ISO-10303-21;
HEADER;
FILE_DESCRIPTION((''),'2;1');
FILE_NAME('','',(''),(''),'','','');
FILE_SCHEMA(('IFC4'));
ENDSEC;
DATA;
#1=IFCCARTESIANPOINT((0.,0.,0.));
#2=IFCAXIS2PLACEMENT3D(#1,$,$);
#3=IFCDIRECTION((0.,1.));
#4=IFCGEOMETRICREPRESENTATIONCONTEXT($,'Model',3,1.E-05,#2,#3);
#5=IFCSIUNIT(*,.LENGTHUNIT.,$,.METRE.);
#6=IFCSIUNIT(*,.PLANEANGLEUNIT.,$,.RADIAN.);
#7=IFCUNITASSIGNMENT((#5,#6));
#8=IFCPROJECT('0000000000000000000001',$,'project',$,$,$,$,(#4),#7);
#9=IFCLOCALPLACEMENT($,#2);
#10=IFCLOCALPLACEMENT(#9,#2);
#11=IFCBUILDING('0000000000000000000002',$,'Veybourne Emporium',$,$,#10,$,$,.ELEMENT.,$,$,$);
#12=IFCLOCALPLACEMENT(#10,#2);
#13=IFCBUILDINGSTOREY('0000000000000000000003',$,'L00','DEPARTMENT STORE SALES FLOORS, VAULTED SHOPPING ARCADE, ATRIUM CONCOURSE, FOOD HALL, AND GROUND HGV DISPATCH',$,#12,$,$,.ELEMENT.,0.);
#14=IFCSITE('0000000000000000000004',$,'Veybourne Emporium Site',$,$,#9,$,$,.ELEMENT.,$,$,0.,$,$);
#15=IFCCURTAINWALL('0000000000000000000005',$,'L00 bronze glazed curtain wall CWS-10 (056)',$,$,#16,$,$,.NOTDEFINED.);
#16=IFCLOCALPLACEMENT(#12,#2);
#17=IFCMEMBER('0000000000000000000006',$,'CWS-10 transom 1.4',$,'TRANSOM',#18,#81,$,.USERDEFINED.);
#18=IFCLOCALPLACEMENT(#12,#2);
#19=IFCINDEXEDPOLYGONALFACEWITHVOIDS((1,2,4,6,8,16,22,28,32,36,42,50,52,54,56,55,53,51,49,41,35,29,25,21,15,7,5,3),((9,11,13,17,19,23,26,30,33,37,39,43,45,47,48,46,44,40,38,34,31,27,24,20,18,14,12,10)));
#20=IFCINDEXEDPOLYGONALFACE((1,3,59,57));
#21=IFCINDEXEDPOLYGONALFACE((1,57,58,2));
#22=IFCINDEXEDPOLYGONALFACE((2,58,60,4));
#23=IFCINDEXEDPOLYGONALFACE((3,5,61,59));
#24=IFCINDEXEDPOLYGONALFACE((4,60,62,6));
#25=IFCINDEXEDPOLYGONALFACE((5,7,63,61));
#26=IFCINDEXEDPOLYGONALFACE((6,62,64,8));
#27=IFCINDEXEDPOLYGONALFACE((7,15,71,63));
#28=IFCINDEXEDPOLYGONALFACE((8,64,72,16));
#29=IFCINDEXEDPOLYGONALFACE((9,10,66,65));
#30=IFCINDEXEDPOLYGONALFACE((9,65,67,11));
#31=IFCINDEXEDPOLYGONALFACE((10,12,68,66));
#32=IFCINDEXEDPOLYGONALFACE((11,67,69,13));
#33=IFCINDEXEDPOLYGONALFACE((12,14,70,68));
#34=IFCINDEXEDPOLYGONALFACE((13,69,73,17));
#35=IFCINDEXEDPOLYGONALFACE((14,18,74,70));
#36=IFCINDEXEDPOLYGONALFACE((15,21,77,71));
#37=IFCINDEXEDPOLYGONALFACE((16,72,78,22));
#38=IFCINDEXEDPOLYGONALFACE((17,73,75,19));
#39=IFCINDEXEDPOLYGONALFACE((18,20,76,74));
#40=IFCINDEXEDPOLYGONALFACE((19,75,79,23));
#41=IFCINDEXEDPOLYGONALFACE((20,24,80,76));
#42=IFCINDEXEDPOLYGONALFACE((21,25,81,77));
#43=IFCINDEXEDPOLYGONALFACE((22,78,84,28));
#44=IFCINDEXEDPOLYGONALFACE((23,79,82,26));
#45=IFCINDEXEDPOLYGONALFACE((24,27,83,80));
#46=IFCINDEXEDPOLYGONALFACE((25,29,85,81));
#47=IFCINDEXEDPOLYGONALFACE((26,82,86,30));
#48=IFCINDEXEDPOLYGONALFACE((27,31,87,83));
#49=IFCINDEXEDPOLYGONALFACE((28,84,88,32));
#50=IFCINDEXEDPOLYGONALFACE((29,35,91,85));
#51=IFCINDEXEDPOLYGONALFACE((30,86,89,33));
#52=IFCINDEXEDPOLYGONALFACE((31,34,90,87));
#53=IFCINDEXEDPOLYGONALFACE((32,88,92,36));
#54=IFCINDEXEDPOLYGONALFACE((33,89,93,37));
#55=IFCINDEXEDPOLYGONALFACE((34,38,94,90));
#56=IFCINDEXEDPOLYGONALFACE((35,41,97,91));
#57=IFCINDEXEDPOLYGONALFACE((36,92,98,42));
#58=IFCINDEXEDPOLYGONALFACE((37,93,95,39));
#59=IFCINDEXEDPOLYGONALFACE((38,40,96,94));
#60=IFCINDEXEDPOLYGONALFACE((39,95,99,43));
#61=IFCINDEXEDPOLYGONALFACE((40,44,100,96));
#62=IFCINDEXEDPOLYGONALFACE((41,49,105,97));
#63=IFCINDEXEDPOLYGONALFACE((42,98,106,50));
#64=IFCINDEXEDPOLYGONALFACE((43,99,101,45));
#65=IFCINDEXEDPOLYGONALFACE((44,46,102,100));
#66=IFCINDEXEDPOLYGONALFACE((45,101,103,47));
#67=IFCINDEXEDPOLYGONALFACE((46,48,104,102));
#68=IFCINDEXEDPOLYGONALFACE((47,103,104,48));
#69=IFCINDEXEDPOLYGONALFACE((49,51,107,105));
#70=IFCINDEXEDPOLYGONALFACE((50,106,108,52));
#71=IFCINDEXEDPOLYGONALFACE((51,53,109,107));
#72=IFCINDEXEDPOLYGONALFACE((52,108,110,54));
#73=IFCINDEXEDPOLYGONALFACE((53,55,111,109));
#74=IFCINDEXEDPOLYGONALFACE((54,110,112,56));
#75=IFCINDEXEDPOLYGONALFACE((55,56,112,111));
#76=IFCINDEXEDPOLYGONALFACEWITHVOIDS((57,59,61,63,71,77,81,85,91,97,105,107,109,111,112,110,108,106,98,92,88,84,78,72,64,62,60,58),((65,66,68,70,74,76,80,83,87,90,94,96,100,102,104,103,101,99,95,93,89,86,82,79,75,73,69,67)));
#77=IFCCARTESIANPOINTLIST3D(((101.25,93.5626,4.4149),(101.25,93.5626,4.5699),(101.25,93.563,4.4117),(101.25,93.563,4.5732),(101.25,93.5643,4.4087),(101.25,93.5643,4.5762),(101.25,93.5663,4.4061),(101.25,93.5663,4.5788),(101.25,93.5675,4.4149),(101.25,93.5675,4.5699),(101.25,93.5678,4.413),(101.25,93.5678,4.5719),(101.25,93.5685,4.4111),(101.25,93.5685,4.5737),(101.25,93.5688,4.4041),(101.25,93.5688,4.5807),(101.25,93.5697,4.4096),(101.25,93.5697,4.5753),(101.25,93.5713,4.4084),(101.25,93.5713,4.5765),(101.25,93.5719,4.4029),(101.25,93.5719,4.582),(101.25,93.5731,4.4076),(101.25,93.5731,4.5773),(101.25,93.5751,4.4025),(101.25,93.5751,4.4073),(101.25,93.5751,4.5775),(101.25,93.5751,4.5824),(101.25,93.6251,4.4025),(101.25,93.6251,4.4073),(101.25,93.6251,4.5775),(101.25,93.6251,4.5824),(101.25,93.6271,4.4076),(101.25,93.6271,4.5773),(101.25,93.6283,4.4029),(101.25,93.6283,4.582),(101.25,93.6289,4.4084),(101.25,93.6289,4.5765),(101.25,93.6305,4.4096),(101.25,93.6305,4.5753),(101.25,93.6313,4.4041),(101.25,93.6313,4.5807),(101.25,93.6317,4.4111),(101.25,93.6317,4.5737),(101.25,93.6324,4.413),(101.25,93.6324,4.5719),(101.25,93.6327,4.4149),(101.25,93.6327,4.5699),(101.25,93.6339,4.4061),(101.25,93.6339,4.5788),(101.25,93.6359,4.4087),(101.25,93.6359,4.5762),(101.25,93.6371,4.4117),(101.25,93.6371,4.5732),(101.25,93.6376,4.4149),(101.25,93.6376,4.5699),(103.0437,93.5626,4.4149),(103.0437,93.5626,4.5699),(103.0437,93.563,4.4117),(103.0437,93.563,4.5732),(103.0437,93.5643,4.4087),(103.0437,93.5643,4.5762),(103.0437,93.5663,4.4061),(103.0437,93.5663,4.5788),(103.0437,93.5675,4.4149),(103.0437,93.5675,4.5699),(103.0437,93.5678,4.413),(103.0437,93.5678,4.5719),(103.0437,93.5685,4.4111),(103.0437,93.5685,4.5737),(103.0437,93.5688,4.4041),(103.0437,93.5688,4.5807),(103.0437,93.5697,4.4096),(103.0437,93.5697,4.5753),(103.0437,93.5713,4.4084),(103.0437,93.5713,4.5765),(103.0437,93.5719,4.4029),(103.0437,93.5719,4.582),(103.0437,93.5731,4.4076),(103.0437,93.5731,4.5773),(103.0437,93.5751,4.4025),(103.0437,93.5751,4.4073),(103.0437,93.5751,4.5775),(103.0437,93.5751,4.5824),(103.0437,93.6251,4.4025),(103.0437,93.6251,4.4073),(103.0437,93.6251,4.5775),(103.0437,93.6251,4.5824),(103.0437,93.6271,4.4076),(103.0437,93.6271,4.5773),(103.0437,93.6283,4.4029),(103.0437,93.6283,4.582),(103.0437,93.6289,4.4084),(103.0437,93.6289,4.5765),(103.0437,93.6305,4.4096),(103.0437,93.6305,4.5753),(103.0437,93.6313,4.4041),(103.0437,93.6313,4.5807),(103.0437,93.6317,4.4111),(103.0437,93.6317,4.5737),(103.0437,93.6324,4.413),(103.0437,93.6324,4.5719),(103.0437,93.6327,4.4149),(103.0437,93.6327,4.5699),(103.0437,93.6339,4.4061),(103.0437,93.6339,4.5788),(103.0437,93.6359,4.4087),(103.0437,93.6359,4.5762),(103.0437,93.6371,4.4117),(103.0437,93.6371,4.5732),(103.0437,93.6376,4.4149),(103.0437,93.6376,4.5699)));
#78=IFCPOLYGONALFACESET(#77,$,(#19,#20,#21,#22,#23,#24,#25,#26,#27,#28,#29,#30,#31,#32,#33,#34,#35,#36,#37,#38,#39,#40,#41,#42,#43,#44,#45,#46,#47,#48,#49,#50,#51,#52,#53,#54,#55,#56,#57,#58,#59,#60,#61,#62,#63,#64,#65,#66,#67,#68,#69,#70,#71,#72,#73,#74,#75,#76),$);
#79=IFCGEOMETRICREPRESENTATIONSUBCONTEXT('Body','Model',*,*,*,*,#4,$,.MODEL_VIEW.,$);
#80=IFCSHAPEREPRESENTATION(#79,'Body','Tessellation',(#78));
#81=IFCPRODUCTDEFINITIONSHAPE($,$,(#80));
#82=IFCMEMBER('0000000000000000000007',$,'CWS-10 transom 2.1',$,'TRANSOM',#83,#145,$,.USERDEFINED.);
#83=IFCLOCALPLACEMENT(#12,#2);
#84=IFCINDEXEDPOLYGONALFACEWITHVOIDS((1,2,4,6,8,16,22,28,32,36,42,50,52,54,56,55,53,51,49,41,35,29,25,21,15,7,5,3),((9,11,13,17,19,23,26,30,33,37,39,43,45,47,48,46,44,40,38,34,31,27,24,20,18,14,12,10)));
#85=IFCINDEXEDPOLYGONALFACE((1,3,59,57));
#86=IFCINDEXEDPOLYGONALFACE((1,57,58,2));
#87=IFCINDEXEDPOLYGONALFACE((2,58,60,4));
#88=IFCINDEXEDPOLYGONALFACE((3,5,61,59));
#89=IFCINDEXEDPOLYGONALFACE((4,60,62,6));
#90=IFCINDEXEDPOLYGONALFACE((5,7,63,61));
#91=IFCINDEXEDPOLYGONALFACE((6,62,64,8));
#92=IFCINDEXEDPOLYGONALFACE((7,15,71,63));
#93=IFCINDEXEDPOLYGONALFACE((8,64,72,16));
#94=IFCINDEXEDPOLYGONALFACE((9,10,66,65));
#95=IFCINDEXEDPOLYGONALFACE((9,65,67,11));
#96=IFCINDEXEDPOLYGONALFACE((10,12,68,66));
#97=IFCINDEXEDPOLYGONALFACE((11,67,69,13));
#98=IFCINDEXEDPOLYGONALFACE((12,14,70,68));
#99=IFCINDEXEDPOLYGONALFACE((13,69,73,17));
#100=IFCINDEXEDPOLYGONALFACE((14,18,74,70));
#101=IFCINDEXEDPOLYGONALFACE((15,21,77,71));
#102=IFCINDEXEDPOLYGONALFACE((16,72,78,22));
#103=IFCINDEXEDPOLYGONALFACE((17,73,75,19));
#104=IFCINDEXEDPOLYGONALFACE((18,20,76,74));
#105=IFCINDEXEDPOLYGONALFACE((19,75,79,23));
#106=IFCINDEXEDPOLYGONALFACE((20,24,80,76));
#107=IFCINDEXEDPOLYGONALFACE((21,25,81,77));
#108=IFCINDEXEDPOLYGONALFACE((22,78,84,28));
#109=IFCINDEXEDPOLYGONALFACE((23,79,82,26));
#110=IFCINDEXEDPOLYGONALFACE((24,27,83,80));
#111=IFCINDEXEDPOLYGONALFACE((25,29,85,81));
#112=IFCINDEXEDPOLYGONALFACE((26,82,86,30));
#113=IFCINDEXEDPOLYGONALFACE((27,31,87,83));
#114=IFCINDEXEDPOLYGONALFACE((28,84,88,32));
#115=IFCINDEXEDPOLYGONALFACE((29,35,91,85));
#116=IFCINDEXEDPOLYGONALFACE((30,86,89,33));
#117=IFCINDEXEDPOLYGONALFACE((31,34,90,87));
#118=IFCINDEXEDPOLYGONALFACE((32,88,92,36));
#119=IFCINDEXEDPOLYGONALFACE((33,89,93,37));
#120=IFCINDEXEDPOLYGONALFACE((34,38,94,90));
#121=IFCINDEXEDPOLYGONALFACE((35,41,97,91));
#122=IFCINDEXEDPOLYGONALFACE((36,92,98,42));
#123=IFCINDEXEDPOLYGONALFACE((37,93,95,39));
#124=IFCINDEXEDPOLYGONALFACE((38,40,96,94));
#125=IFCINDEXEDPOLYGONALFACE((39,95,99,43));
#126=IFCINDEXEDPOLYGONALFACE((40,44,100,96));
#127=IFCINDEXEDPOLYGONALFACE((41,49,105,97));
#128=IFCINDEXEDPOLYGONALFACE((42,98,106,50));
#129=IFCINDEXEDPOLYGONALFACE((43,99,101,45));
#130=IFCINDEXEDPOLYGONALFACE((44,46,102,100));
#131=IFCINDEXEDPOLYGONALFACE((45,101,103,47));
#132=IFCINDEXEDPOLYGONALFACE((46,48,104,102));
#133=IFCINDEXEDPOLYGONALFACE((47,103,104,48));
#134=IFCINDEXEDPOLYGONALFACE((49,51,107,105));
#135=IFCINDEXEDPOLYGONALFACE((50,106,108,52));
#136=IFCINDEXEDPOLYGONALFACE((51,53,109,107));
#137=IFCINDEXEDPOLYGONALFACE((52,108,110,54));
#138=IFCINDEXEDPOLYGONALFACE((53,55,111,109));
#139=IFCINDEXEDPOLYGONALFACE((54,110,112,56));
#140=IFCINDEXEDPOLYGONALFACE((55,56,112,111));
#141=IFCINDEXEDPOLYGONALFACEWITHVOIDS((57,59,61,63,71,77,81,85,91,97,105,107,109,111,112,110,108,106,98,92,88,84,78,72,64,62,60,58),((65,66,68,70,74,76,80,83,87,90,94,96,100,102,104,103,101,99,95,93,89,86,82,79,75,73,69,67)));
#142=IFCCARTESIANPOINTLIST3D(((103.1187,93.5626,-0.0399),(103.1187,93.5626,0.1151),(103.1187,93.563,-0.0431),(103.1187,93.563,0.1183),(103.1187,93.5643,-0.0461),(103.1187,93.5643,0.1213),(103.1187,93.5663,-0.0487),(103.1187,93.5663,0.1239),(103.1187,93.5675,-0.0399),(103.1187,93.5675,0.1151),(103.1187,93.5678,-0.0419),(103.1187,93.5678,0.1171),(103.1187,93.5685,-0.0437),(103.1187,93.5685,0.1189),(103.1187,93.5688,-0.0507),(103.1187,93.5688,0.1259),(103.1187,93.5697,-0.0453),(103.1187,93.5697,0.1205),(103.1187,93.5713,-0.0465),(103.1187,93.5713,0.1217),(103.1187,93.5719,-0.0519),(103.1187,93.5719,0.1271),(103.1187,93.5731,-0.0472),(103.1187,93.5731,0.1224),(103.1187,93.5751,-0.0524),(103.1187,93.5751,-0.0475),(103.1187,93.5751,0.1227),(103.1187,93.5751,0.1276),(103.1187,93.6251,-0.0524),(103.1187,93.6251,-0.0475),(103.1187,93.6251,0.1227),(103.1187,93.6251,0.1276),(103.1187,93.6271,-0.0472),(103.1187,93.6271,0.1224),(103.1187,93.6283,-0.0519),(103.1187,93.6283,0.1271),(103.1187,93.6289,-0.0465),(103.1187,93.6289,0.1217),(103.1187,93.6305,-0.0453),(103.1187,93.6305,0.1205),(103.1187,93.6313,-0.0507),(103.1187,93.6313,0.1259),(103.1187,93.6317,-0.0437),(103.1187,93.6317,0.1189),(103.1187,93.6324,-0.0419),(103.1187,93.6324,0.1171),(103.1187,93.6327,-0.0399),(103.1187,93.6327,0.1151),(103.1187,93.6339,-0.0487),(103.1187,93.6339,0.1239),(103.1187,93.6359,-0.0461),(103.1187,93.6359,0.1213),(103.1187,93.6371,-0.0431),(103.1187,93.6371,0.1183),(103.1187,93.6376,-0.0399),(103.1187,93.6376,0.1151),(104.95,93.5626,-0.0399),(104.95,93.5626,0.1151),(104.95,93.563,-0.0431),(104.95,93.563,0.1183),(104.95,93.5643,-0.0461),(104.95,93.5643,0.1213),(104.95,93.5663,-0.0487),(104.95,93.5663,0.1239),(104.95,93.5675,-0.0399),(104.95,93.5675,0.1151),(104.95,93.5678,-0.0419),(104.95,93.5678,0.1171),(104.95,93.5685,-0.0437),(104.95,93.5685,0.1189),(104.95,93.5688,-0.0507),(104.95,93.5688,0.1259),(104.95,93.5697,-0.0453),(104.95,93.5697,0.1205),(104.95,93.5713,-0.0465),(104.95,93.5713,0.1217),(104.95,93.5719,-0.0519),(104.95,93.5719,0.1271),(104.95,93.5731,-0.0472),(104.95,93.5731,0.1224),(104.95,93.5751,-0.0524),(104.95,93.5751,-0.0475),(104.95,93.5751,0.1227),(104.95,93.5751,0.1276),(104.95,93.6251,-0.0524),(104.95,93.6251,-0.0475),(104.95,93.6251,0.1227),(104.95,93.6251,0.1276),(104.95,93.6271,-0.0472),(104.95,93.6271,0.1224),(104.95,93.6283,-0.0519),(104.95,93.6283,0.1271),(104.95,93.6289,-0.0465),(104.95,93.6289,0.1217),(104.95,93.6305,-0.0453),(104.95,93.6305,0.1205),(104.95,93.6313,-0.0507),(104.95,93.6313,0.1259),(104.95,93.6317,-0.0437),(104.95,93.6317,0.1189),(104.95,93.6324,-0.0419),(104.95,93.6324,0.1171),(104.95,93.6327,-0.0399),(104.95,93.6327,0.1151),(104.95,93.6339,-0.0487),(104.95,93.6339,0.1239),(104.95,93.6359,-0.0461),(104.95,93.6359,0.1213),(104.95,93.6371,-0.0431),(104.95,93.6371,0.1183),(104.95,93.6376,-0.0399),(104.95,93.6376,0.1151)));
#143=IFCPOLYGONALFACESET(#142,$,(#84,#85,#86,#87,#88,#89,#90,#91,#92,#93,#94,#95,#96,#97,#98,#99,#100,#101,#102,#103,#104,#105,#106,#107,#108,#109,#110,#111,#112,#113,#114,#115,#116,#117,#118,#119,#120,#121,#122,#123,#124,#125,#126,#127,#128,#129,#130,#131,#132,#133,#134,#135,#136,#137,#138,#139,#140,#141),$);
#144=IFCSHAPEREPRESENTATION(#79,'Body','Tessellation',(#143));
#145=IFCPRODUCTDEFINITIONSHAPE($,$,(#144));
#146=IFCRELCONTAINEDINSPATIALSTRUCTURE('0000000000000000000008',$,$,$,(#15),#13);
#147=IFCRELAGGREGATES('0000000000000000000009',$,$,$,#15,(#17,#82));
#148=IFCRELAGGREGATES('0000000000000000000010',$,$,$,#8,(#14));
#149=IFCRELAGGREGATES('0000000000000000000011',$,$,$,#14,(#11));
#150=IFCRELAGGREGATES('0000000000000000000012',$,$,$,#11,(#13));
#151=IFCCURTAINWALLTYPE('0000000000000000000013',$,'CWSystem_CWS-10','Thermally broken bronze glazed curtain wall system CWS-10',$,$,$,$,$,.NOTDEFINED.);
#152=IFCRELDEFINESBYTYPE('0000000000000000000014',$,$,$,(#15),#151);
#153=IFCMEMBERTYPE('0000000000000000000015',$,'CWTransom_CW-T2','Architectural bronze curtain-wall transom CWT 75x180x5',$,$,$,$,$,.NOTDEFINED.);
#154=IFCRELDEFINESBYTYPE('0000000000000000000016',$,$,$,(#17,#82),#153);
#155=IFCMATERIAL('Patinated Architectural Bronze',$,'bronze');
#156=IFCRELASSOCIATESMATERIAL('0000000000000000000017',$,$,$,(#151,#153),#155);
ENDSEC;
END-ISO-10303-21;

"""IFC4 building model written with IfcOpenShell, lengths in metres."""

from ifc_helpers import new_model, si_unit, direction, frame, origin, origin_2d, place, context, subcontext, project, spatial, hollow_rectangle, extrude, material, material_profile, profile_set, type_object, element, aggregate, save


model = new_model("IFC4")

# Units and contexts
model_context = context("Model", 3, precision=1e-05, world=origin(), true_north=direction((0.0, 1.0)))
body_context = subcontext(model_context, "Body", "Model", "MODEL_VIEW")
ifc_project = project(units=[si_unit("LENGTHUNIT", "METRE"), si_unit("PLANEANGLEUNIT", "RADIAN")], contexts=[model_context])

# Site, building, storey
site_placement = place(None, origin())
site = spatial("IfcSite", under=ifc_project, at=site_placement, Name="Veybourne Emporium Site", CompositionType="ELEMENT", RefElevation=0.0)
building_placement = place(site_placement, origin())
building = spatial("IfcBuilding", under=site, at=building_placement, Name="Veybourne Emporium", CompositionType="ELEMENT")
storey_placement = place(building_placement, origin())
storey = spatial("IfcBuildingStorey", under=building, at=storey_placement, Name="L00", Description="DEPARTMENT STORE SALES FLOORS, VAULTED SHOPPING ARCADE, ATRIUM CONCOURSE, FOOD HALL, AND GROUND HGV DISPATCH", CompositionType="ELEMENT", Elevation=0.0)

# Curtain wall, members
ifc_material_1 = material(Name="Patinated Architectural Bronze", Category="bronze")
curtain_wall_type = type_object("IfcCurtainWallType", Name="CWSystem_CWS-10", Description="Thermally broken bronze glazed curtain wall system CWS-10", PredefinedType="NOTDEFINED", material=ifc_material_1)
curtain_wall_placement = place(storey_placement, origin())
curtain_wall = element("IfcCurtainWall", 1, at=curtain_wall_placement, inside=storey, type_object=curtain_wall_type, Name="L00 bronze glazed curtain wall CWS-10 (056)", PredefinedType="NOTDEFINED")
ifc_material_profile_1 = material_profile(ifc_material_1, hollow_rectangle(XDim=0.075, YDim=0.1799, WallThickness=0.0049, InnerFilletRadius=0.0076, OuterFilletRadius=0.0125, at=origin_2d()), Name="CWT 75x180x5")
ifc_profile_set_1 = profile_set([ifc_material_profile_1], Name="Patinated Architectural Bronze")
member_type_1 = type_object("IfcMemberType", Name="CWTransom_CW-T2", Description="Architectural bronze curtain-wall transom CWT 75x180x5", PredefinedType="NOTDEFINED", material=ifc_profile_set_1)
member_1_placement = place(storey_placement, frame((101.25, 93.6001, 4.4924), z_axis=(1.0, 0.0, 0.0), x_axis=(0.0, 1.0, 0.0)))
member_1 = element("IfcMember", 2, at=member_1_placement, type_object=member_type_1, Name="CWS-10 transom 1.4", ObjectType="TRANSOM", PredefinedType="USERDEFINED", context=body_context, shape_type="SweptSolid", body=[
    extrude(hollow_rectangle(XDim=0.075, YDim=0.1799, WallThickness=0.0049, InnerFilletRadius=0.0076, OuterFilletRadius=0.0125, at=origin_2d()), origin(), (0.0, 0.0, 1.0), 1.7937),
])
member_2_placement = place(storey_placement, frame((103.1187, 93.6001, 0.0376), z_axis=(1.0, 0.0, 0.0), x_axis=(0.0, 1.0, 0.0)))
member_2 = element("IfcMember", 3, at=member_2_placement, type_object=member_type_1, Name="CWS-10 transom 2.1", ObjectType="TRANSOM", PredefinedType="USERDEFINED", context=body_context, shape_type="SweptSolid", body=[
    extrude(hollow_rectangle(XDim=0.075, YDim=0.1799, WallThickness=0.0049, InnerFilletRadius=0.0076, OuterFilletRadius=0.0125, at=origin_2d()), origin(), (0.0, 0.0, 1.0), 1.8313),
])

aggregate(curtain_wall, [member_1, member_2])

save(model, "model.ifc")
